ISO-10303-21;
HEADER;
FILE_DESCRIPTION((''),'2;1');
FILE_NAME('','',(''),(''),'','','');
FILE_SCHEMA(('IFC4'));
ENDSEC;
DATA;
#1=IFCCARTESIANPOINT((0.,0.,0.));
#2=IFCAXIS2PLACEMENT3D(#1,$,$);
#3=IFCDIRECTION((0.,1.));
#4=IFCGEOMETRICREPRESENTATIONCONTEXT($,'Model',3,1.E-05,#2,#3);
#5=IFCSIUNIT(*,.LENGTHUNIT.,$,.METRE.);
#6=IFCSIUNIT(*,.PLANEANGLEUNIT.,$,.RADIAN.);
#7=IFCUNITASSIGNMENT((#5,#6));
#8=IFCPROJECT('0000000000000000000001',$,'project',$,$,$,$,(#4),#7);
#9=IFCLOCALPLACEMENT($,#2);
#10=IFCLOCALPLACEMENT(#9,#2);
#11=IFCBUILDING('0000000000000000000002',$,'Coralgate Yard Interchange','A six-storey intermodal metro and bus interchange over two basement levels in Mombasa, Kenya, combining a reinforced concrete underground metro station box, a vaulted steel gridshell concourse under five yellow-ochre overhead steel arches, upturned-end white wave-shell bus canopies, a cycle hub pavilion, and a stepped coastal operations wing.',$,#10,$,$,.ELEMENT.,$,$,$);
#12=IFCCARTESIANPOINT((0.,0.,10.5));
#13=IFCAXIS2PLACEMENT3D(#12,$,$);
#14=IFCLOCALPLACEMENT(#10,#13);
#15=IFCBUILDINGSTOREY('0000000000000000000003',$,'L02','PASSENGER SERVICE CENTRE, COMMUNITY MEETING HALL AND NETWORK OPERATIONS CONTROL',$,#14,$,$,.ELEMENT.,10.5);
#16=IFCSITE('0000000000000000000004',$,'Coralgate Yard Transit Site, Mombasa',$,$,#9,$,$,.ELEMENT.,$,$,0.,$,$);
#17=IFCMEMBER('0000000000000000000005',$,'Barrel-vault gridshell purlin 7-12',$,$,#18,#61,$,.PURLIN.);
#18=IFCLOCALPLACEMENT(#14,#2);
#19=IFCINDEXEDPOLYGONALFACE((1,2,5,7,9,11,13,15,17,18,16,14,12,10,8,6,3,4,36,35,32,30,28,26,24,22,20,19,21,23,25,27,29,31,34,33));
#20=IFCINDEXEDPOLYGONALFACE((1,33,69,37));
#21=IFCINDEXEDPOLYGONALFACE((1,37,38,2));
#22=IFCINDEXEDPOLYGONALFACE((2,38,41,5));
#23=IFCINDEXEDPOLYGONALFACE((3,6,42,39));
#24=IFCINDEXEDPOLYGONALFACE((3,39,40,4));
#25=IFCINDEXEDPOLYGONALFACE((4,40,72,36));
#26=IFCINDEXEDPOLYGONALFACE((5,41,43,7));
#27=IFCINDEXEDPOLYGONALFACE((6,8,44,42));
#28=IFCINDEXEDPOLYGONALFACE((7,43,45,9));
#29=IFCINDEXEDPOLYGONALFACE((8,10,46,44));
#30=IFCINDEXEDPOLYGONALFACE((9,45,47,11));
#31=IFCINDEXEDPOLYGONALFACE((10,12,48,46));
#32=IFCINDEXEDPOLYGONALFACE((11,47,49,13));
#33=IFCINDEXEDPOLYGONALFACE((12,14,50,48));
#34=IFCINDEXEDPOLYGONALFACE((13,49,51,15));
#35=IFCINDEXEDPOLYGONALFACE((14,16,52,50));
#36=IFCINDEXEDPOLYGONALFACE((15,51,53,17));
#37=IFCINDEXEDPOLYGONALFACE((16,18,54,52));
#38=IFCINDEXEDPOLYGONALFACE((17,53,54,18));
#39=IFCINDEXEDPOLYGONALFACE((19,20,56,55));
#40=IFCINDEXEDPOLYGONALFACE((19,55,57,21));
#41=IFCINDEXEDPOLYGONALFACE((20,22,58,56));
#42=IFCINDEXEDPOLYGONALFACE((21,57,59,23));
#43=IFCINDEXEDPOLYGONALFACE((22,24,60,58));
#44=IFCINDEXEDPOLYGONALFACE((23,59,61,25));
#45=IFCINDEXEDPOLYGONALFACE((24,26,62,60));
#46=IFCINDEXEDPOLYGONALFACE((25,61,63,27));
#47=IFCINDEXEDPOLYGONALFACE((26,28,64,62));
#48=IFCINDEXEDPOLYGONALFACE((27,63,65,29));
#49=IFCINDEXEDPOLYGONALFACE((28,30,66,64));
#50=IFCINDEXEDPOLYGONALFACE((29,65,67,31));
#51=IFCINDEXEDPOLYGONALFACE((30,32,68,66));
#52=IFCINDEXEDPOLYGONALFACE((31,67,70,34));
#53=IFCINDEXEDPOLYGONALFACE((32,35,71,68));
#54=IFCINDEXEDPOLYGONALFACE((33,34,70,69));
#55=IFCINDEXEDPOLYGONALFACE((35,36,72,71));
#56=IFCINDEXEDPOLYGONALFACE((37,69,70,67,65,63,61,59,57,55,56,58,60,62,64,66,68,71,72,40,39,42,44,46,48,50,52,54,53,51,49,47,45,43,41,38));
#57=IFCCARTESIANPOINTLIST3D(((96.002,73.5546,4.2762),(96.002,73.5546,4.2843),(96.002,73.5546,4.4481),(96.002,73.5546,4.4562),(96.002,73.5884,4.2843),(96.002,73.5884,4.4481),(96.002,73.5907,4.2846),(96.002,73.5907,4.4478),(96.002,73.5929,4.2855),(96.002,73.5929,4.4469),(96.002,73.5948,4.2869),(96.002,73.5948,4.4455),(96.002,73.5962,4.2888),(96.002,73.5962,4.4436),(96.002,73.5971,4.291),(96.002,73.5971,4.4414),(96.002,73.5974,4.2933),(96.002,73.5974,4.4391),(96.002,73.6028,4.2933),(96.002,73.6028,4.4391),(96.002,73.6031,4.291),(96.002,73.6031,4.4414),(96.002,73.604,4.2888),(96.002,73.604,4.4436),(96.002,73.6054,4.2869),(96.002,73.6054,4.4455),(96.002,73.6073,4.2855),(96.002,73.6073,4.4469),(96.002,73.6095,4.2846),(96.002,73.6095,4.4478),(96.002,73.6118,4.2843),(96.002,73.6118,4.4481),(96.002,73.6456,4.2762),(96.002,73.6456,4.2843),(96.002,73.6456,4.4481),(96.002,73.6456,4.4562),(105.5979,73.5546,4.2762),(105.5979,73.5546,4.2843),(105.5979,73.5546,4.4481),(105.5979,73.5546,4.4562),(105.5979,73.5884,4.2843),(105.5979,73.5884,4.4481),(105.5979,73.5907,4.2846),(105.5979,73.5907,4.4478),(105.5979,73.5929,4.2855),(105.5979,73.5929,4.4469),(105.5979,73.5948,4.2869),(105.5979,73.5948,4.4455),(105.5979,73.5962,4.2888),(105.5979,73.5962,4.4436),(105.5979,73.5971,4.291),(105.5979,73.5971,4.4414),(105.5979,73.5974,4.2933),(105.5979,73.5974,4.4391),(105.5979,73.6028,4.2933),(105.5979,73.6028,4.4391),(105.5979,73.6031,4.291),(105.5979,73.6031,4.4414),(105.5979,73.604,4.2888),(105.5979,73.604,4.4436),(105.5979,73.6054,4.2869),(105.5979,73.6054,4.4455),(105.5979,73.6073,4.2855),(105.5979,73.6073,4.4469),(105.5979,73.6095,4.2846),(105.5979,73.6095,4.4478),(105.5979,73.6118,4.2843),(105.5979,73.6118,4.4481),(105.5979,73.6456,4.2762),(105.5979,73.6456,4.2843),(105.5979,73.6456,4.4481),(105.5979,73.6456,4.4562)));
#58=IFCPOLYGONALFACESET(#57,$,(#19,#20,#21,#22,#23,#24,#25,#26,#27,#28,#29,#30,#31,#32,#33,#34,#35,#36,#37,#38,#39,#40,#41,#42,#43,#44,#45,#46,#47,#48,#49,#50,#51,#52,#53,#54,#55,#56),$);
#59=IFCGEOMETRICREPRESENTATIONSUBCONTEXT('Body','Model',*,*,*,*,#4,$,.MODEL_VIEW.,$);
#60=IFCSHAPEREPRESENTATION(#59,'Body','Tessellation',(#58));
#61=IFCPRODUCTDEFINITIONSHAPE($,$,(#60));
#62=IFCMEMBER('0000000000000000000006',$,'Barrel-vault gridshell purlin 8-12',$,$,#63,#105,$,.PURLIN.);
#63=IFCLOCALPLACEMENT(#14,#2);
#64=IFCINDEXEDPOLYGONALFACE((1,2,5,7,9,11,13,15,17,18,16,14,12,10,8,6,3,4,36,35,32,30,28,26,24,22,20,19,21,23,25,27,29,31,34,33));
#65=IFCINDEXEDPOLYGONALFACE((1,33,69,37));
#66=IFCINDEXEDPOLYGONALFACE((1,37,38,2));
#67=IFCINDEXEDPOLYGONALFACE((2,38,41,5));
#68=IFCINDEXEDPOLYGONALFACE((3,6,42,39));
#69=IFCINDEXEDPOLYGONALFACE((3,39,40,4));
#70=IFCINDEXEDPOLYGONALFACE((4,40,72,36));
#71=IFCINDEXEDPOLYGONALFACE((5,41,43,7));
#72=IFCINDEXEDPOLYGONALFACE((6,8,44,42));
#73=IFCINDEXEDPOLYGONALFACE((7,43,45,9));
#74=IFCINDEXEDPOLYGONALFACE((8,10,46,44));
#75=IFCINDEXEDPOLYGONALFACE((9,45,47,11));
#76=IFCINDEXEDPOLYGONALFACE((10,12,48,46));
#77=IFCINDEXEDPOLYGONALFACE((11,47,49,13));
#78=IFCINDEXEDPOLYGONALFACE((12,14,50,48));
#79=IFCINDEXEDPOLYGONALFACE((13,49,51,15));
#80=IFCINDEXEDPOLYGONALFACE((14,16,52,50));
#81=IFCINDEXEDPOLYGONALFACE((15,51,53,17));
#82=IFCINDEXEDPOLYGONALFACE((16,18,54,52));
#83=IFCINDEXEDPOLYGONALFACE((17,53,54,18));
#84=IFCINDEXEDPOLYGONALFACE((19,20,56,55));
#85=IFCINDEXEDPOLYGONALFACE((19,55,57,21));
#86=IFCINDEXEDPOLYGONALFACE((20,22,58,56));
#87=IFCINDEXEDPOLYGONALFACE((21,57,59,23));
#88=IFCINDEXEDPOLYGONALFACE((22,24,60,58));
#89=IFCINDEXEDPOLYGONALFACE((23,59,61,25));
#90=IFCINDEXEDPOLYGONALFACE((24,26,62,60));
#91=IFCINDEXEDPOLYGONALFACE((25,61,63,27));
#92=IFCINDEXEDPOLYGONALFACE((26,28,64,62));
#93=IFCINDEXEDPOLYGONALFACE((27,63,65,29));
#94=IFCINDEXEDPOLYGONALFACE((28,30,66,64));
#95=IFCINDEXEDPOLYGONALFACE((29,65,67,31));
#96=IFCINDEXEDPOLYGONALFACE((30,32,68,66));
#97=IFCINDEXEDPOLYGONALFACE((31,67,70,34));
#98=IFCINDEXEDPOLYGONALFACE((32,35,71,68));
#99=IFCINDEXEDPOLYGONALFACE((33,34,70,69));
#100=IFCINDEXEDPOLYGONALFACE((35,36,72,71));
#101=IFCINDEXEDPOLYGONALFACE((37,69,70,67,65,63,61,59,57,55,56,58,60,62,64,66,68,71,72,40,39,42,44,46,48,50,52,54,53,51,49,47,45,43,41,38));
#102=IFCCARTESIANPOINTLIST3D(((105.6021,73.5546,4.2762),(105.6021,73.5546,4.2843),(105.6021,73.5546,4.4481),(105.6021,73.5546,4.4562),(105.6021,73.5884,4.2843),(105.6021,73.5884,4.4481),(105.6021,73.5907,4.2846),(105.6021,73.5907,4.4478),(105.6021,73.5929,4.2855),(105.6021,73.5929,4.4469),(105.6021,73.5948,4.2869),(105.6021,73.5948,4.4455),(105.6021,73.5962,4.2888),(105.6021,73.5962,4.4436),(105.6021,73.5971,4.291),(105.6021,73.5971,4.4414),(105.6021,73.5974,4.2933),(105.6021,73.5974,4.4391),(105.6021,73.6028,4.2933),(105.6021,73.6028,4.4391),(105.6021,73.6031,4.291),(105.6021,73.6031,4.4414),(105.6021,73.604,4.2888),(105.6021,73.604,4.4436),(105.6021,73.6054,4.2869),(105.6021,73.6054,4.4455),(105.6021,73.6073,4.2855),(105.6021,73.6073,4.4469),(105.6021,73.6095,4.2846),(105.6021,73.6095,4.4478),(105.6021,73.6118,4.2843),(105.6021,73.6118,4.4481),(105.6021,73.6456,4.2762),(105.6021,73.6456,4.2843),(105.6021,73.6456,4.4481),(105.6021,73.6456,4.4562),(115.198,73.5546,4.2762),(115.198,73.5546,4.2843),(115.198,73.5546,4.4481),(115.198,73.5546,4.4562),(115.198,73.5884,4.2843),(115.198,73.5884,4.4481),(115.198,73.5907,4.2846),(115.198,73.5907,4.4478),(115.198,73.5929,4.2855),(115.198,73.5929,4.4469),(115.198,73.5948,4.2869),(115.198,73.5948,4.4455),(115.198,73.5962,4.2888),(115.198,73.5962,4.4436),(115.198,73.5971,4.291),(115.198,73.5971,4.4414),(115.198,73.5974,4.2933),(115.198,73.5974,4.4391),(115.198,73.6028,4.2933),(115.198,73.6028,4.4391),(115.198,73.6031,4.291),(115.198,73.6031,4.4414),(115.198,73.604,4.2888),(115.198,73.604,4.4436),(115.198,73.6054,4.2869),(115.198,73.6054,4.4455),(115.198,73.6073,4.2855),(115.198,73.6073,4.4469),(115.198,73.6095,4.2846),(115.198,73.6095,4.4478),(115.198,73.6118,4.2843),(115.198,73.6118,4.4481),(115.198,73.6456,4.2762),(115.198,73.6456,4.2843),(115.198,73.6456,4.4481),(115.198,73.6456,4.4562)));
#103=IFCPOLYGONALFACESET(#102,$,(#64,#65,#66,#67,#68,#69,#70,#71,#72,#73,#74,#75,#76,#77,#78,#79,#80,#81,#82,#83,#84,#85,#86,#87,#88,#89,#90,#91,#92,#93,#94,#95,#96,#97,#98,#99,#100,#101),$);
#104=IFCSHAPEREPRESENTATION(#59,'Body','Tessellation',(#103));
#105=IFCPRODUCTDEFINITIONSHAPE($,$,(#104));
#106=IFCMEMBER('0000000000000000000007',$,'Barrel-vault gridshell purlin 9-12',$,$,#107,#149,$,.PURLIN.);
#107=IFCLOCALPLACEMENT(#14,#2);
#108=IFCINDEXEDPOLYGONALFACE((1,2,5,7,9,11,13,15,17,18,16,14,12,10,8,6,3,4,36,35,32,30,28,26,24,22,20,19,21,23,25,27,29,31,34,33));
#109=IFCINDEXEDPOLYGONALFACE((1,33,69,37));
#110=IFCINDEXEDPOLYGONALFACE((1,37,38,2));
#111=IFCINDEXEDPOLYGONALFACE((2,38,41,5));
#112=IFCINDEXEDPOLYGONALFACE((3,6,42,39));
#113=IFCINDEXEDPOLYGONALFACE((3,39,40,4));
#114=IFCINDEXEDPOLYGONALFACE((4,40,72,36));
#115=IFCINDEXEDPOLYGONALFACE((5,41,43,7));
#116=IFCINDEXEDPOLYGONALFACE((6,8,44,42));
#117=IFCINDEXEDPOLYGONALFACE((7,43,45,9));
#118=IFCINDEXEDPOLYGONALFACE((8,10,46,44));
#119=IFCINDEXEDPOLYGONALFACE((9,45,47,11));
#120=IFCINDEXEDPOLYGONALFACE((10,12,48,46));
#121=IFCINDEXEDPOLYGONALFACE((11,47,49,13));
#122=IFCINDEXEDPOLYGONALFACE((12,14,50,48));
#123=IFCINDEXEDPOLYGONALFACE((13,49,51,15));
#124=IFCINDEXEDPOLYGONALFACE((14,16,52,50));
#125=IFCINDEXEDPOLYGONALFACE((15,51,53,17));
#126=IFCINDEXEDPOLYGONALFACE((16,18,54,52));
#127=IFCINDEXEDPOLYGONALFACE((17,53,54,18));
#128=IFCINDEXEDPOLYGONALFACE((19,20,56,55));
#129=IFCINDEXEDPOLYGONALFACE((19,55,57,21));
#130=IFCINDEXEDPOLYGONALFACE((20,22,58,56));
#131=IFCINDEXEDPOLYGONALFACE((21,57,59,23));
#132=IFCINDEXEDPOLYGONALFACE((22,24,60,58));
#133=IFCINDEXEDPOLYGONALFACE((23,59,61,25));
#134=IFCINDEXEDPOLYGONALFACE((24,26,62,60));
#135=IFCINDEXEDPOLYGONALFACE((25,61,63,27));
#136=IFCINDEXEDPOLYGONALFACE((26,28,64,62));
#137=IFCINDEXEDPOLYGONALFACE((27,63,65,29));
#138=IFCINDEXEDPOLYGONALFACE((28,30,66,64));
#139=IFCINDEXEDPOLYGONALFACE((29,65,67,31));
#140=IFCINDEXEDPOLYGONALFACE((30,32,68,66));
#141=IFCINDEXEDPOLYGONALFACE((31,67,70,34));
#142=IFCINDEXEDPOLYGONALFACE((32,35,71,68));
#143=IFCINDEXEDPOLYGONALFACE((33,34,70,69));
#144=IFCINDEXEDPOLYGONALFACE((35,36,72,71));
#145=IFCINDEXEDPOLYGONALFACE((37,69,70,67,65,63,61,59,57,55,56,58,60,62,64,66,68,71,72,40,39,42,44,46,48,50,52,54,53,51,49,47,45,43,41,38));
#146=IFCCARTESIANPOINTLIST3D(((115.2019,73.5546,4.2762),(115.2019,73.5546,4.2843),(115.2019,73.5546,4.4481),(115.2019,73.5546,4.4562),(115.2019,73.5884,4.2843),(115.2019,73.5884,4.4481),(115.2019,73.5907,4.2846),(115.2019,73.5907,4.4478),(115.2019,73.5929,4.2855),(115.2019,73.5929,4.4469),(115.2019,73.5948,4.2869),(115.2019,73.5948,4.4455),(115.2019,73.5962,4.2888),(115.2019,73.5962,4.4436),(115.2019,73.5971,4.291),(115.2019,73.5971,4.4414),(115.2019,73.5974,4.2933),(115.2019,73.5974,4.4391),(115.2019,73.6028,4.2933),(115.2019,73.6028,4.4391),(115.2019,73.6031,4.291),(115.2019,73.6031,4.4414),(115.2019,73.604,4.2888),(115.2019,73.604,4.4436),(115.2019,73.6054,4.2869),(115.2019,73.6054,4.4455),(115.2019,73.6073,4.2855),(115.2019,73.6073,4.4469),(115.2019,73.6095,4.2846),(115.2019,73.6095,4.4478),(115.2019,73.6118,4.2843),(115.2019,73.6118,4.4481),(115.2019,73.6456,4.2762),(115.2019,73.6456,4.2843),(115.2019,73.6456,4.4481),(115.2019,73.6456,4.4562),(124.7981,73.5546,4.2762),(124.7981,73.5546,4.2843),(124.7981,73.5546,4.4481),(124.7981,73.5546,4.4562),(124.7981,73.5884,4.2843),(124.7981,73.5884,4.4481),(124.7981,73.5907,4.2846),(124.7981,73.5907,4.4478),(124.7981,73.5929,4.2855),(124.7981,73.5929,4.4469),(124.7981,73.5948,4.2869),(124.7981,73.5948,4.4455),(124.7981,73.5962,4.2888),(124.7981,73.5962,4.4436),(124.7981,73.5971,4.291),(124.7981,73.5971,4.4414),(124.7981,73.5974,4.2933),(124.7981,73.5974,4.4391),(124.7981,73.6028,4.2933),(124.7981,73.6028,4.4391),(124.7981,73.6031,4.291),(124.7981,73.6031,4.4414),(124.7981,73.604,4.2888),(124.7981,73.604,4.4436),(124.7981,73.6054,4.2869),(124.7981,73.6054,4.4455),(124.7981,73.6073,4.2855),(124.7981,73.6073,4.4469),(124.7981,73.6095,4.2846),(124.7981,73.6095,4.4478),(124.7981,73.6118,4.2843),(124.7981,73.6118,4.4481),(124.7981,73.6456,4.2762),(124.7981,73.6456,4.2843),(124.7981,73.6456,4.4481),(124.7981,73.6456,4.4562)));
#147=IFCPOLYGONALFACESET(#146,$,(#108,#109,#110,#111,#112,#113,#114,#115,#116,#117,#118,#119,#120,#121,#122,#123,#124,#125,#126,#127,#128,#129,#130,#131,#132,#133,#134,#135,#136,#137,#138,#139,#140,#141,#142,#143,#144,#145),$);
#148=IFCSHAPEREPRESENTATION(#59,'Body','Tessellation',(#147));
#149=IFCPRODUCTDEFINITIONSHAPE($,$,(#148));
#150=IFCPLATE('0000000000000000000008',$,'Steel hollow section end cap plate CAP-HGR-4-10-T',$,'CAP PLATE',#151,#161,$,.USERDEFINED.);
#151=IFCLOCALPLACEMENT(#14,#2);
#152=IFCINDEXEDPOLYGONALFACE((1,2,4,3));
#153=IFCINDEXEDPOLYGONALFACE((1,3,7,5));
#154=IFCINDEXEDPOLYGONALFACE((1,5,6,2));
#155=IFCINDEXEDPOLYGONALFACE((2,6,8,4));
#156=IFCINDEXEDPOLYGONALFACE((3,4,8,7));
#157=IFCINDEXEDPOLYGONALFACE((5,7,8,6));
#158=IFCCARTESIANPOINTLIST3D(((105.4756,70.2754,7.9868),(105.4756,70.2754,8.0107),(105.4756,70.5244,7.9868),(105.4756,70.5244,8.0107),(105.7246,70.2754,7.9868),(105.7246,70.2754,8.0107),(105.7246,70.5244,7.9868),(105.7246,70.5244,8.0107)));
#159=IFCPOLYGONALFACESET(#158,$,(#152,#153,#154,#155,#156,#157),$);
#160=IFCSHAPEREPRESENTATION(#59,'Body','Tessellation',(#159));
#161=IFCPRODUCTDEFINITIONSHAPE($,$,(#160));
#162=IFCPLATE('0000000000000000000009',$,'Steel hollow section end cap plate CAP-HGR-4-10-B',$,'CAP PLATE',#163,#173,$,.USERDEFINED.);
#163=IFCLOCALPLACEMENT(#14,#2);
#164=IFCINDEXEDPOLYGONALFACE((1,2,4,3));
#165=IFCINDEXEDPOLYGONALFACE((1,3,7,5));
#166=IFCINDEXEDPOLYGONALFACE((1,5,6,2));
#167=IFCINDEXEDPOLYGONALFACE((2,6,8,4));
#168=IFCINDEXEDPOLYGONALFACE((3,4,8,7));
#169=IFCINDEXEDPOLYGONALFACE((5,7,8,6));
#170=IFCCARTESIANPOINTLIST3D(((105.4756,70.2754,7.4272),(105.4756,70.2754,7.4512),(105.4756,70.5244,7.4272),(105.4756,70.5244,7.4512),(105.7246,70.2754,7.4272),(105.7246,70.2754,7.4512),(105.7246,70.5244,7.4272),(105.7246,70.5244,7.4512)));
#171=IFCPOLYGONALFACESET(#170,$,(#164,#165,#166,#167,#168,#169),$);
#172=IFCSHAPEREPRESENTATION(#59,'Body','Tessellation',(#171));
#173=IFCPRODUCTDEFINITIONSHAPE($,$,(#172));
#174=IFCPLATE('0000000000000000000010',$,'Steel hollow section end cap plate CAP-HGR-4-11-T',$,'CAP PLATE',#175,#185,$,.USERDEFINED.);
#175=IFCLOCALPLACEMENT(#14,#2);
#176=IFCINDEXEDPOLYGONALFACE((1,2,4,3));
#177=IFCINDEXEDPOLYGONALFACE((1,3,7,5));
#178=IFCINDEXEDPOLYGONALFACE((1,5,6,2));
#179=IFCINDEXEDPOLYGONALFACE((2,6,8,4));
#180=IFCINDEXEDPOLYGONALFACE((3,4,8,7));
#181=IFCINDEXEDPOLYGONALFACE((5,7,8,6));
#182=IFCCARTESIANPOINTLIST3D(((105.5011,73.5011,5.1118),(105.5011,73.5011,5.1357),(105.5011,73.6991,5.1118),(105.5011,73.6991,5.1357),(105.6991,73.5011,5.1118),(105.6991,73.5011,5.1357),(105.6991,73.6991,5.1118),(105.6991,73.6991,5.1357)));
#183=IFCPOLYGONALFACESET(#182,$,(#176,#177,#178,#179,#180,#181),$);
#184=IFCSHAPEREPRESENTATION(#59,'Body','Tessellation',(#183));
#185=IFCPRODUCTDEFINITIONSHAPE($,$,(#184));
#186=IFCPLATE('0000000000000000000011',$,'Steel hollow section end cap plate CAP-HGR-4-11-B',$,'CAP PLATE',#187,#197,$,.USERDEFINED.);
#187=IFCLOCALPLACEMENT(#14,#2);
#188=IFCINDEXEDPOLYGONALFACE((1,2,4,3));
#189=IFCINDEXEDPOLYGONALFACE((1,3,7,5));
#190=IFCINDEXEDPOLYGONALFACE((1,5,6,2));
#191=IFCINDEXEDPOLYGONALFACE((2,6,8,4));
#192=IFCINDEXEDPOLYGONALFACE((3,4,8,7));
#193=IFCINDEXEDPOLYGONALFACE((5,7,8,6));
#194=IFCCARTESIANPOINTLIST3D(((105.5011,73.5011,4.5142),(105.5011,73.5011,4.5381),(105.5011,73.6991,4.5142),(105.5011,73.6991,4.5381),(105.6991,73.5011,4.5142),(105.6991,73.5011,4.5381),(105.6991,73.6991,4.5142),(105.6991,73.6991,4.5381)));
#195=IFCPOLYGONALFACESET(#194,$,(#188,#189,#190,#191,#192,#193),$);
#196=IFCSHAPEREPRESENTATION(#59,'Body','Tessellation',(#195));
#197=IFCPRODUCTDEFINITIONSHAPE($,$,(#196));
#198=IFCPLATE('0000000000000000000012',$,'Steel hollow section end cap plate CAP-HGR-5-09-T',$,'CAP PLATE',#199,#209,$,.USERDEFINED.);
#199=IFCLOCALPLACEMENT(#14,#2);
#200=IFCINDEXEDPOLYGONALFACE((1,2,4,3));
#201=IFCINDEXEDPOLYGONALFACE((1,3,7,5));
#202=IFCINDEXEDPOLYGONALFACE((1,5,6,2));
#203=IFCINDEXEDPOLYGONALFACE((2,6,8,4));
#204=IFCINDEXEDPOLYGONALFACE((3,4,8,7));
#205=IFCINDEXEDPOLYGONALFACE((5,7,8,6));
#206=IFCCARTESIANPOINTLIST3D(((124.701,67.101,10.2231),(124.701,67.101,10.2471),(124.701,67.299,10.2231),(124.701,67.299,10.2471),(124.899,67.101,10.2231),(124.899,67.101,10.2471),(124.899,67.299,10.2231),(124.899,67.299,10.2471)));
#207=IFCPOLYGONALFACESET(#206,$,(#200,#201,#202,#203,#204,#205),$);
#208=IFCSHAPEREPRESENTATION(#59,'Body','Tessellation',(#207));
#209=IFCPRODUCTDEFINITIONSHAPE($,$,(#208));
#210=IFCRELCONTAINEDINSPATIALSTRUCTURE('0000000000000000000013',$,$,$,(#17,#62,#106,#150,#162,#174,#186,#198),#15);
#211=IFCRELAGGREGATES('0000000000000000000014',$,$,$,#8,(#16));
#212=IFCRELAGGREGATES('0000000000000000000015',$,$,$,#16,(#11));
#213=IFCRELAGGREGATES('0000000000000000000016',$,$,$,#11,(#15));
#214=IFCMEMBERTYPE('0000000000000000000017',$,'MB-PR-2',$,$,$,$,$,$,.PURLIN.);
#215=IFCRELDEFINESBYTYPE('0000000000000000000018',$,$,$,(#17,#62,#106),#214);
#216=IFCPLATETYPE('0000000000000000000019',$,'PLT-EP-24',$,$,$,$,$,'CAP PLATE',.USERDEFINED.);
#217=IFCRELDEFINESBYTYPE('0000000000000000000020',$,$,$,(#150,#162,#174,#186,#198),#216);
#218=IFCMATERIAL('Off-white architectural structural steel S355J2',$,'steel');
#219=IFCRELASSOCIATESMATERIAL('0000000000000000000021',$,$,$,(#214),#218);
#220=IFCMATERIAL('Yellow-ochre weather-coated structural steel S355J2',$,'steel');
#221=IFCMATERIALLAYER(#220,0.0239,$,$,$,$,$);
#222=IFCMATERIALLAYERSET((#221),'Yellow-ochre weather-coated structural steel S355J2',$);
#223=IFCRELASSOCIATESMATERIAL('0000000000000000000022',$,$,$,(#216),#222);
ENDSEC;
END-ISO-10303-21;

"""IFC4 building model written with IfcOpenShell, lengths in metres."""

from ifc_helpers import new_model, si_unit, direction, frame, origin, origin_2d, place, context, subcontext, project, spatial, rectangle, i_section, extrude, material, layer, layer_set, material_profile, profile_set, type_object, element, save


model = new_model("IFC4")

# Units and contexts
model_context = context("Model", 3, precision=1e-05, world=origin(), true_north=direction((0.0, 1.0)))
body_context = subcontext(model_context, "Body", "Model", "MODEL_VIEW")
ifc_project = project(units=[si_unit("LENGTHUNIT", "METRE"), si_unit("PLANEANGLEUNIT", "RADIAN")], contexts=[model_context])

# Site, building, storey
site_placement = place(None, origin())
site = spatial("IfcSite", under=ifc_project, at=site_placement, Name="Coralgate Yard Transit Site, Mombasa", CompositionType="ELEMENT", RefElevation=0.0)
building_placement = place(site_placement, origin())
building = spatial("IfcBuilding", under=site, at=building_placement, Name="Coralgate Yard Interchange", Description="A six-storey intermodal metro and bus interchange over two basement levels in Mombasa, Kenya, combining a reinforced concrete underground metro station box, a vaulted steel gridshell concourse under five yellow-ochre overhead steel arches, upturned-end white wave-shell bus canopies, a cycle hub pavilion, and a stepped coastal operations wing.", CompositionType="ELEMENT")
storey_placement = place(building_placement, frame((0.0, 0.0, 10.5)))
storey = spatial("IfcBuildingStorey", under=building, at=storey_placement, Name="L02", Description="PASSENGER SERVICE CENTRE, COMMUNITY MEETING HALL AND NETWORK OPERATIONS CONTROL", CompositionType="ELEMENT", Elevation=10.5)

# Shared definitions
ifc_material_1 = material(Name="Yellow-ochre weather-coated structural steel S355J2", Category="steel")

# Members
ifc_material_2 = material(Name="Off-white architectural structural steel S355J2", Category="steel")
ifc_material_profile_1 = material_profile(ifc_material_2, i_section(OverallWidth=0.0911, OverallDepth=0.1799, WebThickness=0.0054, FlangeThickness=0.0081, FilletRadius=0.009, at=origin_2d()), Name="IPE 180")
ifc_profile_set_1 = profile_set([ifc_material_profile_1], Name="Off-white architectural structural steel S355J2")
member_type_1 = type_object("IfcMemberType", Name="MB-PR-2", PredefinedType="PURLIN", material=ifc_profile_set_1)
for number, where, z_axis, x_axis, name in (
    (1, (96.002, 73.6001, 4.3662), (1.0, 0.0, 0.0), (0.0, 1.0, 0.0), "Barrel-vault gridshell purlin 7-12"),
    (2, (105.6021, 73.6001, 4.3662), (1.0, 0.0, 0.0), (0.0, 1.0, 0.0), "Barrel-vault gridshell purlin 8-12"),
):
    element("IfcMember", number, at=place(storey_placement, frame(where, z_axis=z_axis, x_axis=x_axis)), inside=storey, type_object=member_type_1, Name=name, PredefinedType="PURLIN", context=body_context, shape_type="SweptSolid", body=[
        extrude(i_section(OverallWidth=0.0911, OverallDepth=0.1799, WebThickness=0.0054, FlangeThickness=0.0081, FilletRadius=0.009, at=origin_2d()), origin(), (0.0, 0.0, 1.0), 9.5959),
    ])
member_1_placement = place(storey_placement, frame((115.2019, 73.6001, 4.3662), z_axis=(1.0, 0.0, 0.0), x_axis=(0.0, 1.0, 0.0)))
element("IfcMember", 3, at=member_1_placement, inside=storey, type_object=member_type_1, Name="Barrel-vault gridshell purlin 9-12", PredefinedType="PURLIN", context=body_context, shape_type="SweptSolid", body=[
    extrude(i_section(OverallWidth=0.0911, OverallDepth=0.1799, WebThickness=0.0054, FlangeThickness=0.0081, FilletRadius=0.009, at=origin_2d()), origin(), (0.0, 0.0, 1.0), 9.5962),
])

# Plates
ifc_layer = layer(ifc_material_1, 0.0239)
ifc_layer_set = layer_set([ifc_layer], Name="Yellow-ochre weather-coated structural steel S355J2")
plate_type = type_object("IfcPlateType", Name="PLT-EP-24", ElementType="CAP PLATE", PredefinedType="USERDEFINED", material=ifc_layer_set)
for number, where, z_axis, x_axis, name in (
    (4, (105.6001, 70.3999, 7.9868), (0.0, 0.0, 1.0), (1.0, 0.0, 0.0), "Steel hollow section end cap plate CAP-HGR-4-10-T"),
    (5, (105.6001, 70.3999, 7.4512), (0.0, 0.0, -1.0), (1.0, 0.0, 0.0), "Steel hollow section end cap plate CAP-HGR-4-10-B"),
):
    element("IfcPlate", number, at=place(storey_placement, frame(where, z_axis=z_axis, x_axis=x_axis)), inside=storey, type_object=plate_type, Name=name, ObjectType="CAP PLATE", PredefinedType="USERDEFINED", context=body_context, shape_type="SweptSolid", body=[
        extrude(rectangle(XDim=0.249, YDim=0.249, at=origin_2d()), origin(), (0.0, 0.0, 1.0), 0.0239),
    ])
for number, where, z_axis, x_axis, name in (
    (6, (105.6001, 73.6001, 5.1118), (0.0, 0.0, 1.0), (1.0, 0.0, 0.0), "Steel hollow section end cap plate CAP-HGR-4-11-T"),
    (7, (105.6001, 73.6001, 4.5381), (0.0, 0.0, -1.0), (1.0, 0.0, 0.0), "Steel hollow section end cap plate CAP-HGR-4-11-B"),
    (8, (124.8, 67.2, 10.2231), (0.0, 0.0, 1.0), (1.0, 0.0, 0.0), "Steel hollow section end cap plate CAP-HGR-5-09-T"),
):
    element("IfcPlate", number, at=place(storey_placement, frame(where, z_axis=z_axis, x_axis=x_axis)), inside=storey, type_object=plate_type, Name=name, ObjectType="CAP PLATE", PredefinedType="USERDEFINED", context=body_context, shape_type="SweptSolid", body=[
        extrude(rectangle(XDim=0.198, YDim=0.198, at=origin_2d()), origin(), (0.0, 0.0, 1.0), 0.0239),
    ])

save(model, "model.ifc")
